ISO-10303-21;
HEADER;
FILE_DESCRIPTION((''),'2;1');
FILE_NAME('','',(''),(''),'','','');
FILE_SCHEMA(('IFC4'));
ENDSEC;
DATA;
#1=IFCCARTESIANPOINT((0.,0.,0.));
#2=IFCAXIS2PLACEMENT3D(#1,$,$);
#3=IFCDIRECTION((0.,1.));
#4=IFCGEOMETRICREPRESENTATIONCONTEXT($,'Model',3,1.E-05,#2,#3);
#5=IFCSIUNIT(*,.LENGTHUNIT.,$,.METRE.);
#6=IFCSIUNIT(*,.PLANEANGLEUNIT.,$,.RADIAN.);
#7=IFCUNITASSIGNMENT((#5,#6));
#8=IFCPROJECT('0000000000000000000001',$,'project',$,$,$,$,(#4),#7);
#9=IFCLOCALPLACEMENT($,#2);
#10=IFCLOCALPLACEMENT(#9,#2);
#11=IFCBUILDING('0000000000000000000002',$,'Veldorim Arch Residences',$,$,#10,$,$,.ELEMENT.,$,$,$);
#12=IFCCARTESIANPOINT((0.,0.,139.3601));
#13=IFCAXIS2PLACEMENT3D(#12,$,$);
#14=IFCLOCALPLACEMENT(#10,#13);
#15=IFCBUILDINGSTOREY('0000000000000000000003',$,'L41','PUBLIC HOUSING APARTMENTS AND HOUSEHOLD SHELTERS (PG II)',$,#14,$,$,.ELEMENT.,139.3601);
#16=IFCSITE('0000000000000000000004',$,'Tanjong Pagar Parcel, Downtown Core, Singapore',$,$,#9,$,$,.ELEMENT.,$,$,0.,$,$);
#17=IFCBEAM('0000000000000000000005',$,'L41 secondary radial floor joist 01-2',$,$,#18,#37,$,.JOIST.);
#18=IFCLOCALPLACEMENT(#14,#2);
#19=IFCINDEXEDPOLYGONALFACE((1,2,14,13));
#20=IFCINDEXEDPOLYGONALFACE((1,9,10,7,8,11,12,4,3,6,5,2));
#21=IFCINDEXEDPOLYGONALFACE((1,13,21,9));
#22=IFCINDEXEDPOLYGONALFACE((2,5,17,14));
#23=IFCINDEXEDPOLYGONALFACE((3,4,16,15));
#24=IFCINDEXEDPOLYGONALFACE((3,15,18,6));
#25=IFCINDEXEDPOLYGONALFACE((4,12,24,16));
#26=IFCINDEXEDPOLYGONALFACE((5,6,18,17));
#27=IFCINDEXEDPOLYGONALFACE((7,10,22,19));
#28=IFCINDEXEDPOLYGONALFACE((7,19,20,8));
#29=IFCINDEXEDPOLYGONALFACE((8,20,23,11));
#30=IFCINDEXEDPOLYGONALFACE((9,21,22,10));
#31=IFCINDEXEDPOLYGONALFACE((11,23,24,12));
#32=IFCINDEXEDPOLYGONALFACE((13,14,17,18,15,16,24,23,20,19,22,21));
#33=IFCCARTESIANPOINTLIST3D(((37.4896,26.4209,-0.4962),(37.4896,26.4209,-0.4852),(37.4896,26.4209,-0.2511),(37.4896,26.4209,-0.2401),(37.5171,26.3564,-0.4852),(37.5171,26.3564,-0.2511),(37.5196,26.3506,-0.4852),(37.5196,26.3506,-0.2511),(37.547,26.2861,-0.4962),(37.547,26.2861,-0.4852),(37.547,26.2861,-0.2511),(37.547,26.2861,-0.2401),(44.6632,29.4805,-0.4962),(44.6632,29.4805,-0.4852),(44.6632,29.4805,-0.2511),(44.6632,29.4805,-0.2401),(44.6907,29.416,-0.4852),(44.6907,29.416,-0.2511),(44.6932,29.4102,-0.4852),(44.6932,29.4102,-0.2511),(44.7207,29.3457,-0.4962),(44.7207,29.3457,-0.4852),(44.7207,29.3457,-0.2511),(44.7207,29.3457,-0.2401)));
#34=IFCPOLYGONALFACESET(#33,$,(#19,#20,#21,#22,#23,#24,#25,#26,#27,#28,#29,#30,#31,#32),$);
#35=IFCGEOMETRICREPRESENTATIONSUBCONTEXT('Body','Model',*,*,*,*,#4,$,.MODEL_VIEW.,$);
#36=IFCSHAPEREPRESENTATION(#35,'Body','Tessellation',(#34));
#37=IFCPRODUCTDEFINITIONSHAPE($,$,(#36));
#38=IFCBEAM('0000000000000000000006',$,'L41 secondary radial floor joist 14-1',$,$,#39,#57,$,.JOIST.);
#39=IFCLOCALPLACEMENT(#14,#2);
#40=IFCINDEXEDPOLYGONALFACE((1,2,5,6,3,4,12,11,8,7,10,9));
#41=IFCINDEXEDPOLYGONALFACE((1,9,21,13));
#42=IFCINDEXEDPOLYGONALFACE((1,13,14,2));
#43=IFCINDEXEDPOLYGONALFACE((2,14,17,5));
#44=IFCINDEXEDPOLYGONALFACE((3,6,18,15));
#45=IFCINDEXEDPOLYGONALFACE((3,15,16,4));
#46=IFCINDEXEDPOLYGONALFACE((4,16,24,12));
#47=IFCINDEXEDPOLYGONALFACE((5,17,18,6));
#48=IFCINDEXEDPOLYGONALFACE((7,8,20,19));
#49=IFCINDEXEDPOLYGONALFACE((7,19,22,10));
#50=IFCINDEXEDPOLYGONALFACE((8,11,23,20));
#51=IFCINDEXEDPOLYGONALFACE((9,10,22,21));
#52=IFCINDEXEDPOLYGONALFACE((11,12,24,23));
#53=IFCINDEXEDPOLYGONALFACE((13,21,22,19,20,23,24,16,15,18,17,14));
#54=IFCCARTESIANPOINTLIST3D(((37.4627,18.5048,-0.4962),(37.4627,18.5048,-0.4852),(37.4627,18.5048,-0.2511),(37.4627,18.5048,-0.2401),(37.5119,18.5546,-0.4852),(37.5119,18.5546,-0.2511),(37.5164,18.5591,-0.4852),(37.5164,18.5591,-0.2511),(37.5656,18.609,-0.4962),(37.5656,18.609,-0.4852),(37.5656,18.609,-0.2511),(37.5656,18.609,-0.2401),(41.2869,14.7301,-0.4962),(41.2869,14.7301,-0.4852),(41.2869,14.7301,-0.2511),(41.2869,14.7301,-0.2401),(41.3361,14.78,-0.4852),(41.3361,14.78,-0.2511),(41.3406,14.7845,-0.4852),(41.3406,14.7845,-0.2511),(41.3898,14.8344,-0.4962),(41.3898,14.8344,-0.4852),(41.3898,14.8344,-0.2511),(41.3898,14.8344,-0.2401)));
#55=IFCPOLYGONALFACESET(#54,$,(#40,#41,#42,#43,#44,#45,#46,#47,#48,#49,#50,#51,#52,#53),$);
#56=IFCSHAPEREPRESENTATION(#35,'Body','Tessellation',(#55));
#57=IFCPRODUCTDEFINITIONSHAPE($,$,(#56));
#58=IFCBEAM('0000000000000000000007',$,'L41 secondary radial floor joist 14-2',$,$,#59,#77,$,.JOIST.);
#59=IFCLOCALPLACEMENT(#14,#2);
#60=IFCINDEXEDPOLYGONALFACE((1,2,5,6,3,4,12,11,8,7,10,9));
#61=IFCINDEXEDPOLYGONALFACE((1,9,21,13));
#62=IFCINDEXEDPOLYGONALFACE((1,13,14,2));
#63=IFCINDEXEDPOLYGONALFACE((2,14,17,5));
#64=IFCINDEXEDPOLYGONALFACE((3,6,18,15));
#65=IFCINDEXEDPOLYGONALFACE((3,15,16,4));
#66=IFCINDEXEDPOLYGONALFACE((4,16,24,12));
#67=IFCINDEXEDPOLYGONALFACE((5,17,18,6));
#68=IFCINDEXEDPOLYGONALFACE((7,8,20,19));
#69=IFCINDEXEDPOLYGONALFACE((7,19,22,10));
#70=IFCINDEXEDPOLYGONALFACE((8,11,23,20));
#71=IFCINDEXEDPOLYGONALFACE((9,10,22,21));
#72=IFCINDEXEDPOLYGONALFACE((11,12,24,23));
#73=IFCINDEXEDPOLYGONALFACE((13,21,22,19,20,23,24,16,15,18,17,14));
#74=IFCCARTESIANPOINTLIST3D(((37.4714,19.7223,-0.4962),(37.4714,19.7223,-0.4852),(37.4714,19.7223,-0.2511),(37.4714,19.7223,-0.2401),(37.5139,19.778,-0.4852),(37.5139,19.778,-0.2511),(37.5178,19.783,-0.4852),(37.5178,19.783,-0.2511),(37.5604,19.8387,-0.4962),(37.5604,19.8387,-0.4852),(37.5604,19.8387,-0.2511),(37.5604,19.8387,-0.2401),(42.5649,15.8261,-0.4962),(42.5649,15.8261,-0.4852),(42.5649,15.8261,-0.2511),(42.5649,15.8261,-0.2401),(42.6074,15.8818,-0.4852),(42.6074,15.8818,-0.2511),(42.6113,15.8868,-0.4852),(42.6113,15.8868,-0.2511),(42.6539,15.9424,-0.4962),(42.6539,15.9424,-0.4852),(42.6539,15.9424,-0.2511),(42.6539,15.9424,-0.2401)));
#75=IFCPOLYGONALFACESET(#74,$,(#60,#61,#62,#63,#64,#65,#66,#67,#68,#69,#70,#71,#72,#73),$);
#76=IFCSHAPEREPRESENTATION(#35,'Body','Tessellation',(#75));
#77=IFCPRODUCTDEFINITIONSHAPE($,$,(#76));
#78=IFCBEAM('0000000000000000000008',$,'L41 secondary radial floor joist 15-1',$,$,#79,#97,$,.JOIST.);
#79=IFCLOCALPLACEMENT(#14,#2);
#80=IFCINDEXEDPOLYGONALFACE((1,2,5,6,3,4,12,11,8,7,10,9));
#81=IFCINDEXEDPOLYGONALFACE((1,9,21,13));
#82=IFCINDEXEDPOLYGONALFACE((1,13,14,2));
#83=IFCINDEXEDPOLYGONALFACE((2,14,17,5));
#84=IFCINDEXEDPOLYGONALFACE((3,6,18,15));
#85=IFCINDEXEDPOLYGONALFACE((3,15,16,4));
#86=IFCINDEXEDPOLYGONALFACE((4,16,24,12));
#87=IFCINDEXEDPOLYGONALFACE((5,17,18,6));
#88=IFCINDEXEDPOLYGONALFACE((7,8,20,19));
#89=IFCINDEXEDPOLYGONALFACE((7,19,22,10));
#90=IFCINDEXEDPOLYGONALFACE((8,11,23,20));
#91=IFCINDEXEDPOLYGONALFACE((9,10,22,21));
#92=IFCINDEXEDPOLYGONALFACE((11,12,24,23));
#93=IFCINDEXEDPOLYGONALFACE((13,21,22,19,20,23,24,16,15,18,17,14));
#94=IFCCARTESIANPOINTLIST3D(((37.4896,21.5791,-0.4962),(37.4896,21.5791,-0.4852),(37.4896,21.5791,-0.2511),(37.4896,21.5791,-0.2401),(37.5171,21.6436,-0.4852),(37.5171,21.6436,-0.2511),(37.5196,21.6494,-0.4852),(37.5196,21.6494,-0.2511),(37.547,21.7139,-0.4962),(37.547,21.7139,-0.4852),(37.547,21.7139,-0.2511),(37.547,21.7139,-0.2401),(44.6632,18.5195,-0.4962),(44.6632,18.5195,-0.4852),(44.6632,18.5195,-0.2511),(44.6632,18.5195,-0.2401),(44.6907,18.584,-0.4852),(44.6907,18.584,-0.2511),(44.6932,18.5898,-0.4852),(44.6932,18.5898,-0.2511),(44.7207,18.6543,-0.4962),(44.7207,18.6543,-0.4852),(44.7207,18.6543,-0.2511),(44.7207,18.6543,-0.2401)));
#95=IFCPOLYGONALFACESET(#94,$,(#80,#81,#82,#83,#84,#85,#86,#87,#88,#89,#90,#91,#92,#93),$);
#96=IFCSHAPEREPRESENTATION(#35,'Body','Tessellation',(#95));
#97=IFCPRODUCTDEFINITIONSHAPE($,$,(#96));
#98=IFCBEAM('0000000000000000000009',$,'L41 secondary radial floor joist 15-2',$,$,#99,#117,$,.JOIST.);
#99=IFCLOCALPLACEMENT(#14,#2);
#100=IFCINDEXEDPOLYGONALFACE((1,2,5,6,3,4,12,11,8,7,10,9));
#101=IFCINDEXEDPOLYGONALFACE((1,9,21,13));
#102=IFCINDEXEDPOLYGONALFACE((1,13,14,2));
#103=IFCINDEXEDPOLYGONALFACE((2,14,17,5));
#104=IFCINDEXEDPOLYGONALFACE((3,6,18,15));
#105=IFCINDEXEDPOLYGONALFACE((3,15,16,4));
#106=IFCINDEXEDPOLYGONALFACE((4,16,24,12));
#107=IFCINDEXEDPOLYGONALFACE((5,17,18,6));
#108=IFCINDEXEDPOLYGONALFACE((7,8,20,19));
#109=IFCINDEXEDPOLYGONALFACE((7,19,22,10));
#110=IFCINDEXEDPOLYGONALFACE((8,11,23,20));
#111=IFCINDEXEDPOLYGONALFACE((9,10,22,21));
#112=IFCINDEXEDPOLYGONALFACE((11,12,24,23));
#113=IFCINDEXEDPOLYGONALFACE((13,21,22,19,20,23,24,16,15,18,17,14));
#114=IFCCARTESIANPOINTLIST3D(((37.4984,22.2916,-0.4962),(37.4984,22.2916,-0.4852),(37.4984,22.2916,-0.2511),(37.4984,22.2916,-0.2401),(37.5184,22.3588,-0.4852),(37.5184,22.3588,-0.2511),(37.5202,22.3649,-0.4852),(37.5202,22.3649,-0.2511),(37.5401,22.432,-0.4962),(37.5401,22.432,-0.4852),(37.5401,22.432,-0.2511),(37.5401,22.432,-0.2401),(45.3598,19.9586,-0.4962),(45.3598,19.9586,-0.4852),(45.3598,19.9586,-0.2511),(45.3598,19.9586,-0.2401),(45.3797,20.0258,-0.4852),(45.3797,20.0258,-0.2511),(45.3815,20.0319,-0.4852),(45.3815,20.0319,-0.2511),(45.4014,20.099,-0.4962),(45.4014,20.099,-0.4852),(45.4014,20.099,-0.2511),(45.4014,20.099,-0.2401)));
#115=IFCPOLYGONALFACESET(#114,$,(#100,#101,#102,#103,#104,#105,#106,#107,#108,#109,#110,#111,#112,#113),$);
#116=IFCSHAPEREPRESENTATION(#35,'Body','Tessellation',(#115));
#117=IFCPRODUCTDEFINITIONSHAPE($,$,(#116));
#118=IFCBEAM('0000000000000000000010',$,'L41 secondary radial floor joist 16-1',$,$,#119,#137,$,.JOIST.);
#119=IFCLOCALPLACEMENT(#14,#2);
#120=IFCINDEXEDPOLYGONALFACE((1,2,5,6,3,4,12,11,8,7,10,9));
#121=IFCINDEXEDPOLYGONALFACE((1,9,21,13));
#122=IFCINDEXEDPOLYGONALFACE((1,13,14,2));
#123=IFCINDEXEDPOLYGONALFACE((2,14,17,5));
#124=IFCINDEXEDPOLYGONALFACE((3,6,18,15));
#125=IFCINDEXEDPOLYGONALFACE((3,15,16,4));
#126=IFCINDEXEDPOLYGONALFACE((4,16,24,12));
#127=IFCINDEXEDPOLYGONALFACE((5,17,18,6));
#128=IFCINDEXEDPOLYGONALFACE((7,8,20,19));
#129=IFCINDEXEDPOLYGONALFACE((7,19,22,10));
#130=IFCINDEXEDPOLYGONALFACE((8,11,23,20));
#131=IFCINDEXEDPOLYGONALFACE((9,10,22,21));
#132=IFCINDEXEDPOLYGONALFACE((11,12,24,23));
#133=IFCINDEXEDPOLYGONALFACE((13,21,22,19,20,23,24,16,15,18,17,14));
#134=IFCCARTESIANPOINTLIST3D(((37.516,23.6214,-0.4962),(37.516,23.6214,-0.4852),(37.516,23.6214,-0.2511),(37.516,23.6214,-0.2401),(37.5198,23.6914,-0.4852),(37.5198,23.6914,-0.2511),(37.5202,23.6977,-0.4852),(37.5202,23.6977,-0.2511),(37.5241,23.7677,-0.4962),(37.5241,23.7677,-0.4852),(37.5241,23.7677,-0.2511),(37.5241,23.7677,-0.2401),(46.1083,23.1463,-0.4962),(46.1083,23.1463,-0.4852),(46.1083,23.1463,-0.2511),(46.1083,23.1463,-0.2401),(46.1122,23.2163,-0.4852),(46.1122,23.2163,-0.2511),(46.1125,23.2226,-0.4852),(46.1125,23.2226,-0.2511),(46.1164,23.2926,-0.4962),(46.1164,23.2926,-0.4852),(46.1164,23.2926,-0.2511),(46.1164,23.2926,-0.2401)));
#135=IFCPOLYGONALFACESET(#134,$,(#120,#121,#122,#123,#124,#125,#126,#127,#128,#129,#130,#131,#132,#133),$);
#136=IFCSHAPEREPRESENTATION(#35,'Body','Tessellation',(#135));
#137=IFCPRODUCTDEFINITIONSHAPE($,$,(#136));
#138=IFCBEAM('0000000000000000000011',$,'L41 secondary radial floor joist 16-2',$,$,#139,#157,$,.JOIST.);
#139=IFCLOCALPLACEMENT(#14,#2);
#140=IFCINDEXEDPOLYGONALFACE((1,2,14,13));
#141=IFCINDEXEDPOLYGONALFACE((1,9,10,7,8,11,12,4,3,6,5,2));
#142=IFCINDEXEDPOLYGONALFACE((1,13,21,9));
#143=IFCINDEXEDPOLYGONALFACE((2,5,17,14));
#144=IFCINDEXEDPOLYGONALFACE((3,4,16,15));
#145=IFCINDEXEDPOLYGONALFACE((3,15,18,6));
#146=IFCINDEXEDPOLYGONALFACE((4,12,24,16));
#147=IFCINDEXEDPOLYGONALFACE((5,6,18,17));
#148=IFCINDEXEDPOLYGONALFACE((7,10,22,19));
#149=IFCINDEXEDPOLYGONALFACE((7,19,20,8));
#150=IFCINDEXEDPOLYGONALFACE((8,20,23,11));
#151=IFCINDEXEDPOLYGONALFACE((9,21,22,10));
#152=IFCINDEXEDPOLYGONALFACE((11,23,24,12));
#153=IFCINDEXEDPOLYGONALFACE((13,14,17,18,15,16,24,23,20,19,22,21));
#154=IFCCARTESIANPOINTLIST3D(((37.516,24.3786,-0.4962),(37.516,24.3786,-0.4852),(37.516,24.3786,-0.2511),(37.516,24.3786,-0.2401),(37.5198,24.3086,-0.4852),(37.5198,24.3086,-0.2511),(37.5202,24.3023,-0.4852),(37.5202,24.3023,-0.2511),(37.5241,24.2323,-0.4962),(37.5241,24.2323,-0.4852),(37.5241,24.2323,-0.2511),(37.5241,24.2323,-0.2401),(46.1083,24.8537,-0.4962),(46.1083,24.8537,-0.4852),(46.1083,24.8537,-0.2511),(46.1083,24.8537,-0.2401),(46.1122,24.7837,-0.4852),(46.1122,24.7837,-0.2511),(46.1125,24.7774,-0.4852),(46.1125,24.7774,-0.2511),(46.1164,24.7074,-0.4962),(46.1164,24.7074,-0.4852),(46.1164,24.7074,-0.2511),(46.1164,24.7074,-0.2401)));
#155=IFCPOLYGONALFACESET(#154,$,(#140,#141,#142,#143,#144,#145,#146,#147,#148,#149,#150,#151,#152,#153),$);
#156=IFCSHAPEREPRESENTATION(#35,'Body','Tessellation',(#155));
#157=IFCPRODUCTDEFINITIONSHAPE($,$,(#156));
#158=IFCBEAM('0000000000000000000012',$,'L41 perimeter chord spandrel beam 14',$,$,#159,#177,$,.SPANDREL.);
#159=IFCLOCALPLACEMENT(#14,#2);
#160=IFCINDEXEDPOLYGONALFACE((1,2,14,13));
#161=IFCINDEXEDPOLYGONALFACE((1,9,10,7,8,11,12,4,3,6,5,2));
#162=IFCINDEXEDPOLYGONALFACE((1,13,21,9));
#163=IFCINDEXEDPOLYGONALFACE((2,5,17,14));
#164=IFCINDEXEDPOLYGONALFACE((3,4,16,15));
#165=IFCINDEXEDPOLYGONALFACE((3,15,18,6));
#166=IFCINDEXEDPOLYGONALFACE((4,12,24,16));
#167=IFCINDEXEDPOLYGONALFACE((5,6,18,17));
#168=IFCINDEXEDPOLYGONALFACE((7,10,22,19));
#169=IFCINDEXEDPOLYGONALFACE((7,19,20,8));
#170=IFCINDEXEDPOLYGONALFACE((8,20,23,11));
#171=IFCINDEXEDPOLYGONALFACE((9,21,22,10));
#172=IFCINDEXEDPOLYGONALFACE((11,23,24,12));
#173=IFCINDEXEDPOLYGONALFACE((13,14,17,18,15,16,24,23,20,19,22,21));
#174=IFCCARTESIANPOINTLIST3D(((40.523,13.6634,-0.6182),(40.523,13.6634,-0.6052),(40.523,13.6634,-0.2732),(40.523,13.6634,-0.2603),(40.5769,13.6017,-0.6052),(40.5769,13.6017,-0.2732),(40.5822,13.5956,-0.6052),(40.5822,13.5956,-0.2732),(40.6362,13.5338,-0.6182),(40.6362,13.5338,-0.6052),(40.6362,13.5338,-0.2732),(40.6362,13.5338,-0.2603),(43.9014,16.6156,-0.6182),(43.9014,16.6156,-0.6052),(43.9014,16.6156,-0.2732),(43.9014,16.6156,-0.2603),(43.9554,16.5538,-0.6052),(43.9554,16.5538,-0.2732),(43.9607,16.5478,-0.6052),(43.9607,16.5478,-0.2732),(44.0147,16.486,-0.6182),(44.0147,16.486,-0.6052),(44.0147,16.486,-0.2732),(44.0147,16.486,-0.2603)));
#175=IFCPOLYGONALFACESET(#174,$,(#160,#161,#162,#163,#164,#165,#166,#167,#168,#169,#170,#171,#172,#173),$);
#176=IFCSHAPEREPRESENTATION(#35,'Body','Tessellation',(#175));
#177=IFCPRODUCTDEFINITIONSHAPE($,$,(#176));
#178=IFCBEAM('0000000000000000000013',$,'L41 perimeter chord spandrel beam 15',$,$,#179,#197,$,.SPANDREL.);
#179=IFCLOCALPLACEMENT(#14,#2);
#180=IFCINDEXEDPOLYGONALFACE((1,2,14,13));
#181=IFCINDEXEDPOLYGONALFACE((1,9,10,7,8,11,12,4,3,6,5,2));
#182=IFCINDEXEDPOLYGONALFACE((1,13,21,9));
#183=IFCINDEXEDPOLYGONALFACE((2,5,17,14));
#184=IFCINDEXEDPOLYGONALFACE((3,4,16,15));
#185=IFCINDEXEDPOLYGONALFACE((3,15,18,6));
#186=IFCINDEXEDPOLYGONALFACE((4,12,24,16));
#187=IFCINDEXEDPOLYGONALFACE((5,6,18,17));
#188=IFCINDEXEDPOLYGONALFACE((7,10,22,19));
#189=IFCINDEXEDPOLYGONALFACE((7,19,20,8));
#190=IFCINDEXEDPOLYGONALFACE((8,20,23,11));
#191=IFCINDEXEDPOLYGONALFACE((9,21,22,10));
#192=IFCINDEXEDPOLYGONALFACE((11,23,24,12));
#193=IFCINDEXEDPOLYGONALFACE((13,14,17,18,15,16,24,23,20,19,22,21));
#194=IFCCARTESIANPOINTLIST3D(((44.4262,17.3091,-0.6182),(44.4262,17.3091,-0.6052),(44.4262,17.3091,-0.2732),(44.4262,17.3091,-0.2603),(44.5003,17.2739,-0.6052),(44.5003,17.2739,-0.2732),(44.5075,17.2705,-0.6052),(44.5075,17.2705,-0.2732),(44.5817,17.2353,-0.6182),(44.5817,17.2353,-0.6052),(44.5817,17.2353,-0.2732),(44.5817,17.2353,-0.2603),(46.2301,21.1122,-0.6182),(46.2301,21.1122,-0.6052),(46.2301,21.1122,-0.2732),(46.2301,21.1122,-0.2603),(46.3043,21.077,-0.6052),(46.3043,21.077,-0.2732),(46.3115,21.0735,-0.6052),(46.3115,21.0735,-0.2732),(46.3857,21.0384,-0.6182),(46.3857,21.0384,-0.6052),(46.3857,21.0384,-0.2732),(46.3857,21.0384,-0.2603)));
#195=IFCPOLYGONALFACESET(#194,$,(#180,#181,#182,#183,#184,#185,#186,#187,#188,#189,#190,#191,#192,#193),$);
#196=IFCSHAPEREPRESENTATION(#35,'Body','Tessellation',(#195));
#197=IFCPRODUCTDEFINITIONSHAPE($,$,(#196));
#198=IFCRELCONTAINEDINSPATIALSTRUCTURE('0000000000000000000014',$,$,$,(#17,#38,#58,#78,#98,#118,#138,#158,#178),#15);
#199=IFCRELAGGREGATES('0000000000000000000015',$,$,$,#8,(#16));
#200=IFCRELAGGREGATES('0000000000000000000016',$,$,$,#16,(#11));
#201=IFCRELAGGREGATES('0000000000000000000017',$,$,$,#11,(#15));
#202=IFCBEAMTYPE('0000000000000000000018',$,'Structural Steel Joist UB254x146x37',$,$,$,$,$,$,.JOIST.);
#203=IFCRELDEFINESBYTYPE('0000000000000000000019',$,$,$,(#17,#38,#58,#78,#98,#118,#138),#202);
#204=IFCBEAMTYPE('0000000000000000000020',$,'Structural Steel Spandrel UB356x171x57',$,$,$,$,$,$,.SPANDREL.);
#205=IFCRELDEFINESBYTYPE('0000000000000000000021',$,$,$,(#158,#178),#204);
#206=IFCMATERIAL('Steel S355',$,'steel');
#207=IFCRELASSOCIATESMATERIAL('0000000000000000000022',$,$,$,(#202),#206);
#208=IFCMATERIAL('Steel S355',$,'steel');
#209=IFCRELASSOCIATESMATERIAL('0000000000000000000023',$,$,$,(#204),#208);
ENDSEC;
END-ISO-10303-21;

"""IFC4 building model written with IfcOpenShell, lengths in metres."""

from ifc_helpers import new_model, si_unit, direction, frame, origin, origin_2d, place, context, subcontext, project, spatial, i_section, extrude, material, material_profile, profile_set, type_object, element, save


model = new_model("IFC4")

# Units and contexts
model_context = context("Model", 3, precision=1e-05, world=origin(), true_north=direction((0.0, 1.0)))
body_context = subcontext(model_context, "Body", "Model", "MODEL_VIEW")
ifc_project = project(units=[si_unit("LENGTHUNIT", "METRE"), si_unit("PLANEANGLEUNIT", "RADIAN")], contexts=[model_context])

# Site, building, storey
site_placement = place(None, origin())
site = spatial("IfcSite", under=ifc_project, at=site_placement, Name="Tanjong Pagar Parcel, Downtown Core, Singapore", CompositionType="ELEMENT", RefElevation=0.0)
building_placement = place(site_placement, origin())
building = spatial("IfcBuilding", under=site, at=building_placement, Name="Veldorim Arch Residences", CompositionType="ELEMENT")
storey_placement = place(building_placement, frame((0.0, 0.0, 139.3601)))
storey = spatial("IfcBuildingStorey", under=building, at=storey_placement, Name="L41", Description="PUBLIC HOUSING APARTMENTS AND HOUSEHOLD SHELTERS (PG II)", CompositionType="ELEMENT", Elevation=139.3601)

# Beams
ifc_material_1 = material(Name="Steel S355", Category="steel")
ifc_material_profile_1 = material_profile(ifc_material_1, i_section(OverallWidth=0.1465, OverallDepth=0.2561, WebThickness=0.0063, FlangeThickness=0.011, at=origin_2d()), Name="UB254x146x37")
ifc_profile_set_1 = profile_set([ifc_material_profile_1], Name="Steel S355")
beam_type_1 = type_object("IfcBeamType", Name="Structural Steel Joist UB254x146x37", PredefinedType="JOIST", material=ifc_profile_set_1)
beam_1_placement = place(storey_placement, frame((37.5183, 26.3535, -0.3682), z_axis=(0.919832, 0.392313, 0.0), x_axis=(-0.392313, 0.919832, 0.0)))
element("IfcBeam", 1, at=beam_1_placement, inside=storey, type_object=beam_type_1, Name="L41 secondary radial floor joist 01-2", PredefinedType="JOIST", context=body_context, shape_type="SweptSolid", body=[
    extrude(i_section(OverallWidth=0.1465, OverallDepth=0.2561, WebThickness=0.0063, FlangeThickness=0.011, at=origin_2d()), origin(), (0.0, 0.0, 1.0), 7.7988),
])
beam_2_placement = place(storey_placement, frame((37.5142, 18.5569, -0.3682), z_axis=(0.711703, -0.70248, 0.0), x_axis=(0.70248, 0.711703, 0.0)))
element("IfcBeam", 2, at=beam_2_placement, inside=storey, type_object=beam_type_1, Name="L41 secondary radial floor joist 14-1", PredefinedType="JOIST", context=body_context, shape_type="SweptSolid", body=[
    extrude(i_section(OverallWidth=0.1465, OverallDepth=0.2561, WebThickness=0.0063, FlangeThickness=0.011, at=origin_2d()), origin(), (0.0, 0.0, 1.0), 5.3733),
])
beam_3_placement = place(storey_placement, frame((37.5159, 19.7805, -0.3682), z_axis=(0.794267, -0.607569, 0.0), x_axis=(0.607569, 0.794267, 0.0)))
element("IfcBeam", 3, at=beam_3_placement, inside=storey, type_object=beam_type_1, Name="L41 secondary radial floor joist 14-2", PredefinedType="JOIST", context=body_context, shape_type="SweptSolid", body=[
    extrude(i_section(OverallWidth=0.1465, OverallDepth=0.2561, WebThickness=0.0063, FlangeThickness=0.011, at=origin_2d()), origin(), (0.0, 0.0, 1.0), 6.4128),
])
beam_4_placement = place(storey_placement, frame((37.5183, 21.6465, -0.3682), z_axis=(0.919832, -0.392313, 0.0), x_axis=(0.392313, 0.919832, 0.0)))
element("IfcBeam", 4, at=beam_4_placement, inside=storey, type_object=beam_type_1, Name="L41 secondary radial floor joist 15-1", PredefinedType="JOIST", context=body_context, shape_type="SweptSolid", body=[
    extrude(i_section(OverallWidth=0.1465, OverallDepth=0.2561, WebThickness=0.0063, FlangeThickness=0.011, at=origin_2d()), origin(), (0.0, 0.0, 1.0), 7.7988),
])
beam_5_placement = place(storey_placement, frame((37.5193, 22.3618, -0.3682), z_axis=(0.958674, -0.284506, 0.0), x_axis=(0.284506, 0.958674, 0.0)))
element("IfcBeam", 5, at=beam_5_placement, inside=storey, type_object=beam_type_1, Name="L41 secondary radial floor joist 15-2", PredefinedType="JOIST", context=body_context, shape_type="SweptSolid", body=[
    extrude(i_section(OverallWidth=0.1465, OverallDepth=0.2561, WebThickness=0.0063, FlangeThickness=0.011, at=origin_2d()), origin(), (0.0, 0.0, 1.0), 8.2002),
])
for number, where, z_axis, x_axis, name in (
    (6, (37.52, 23.6946, -0.3682), (0.998475, -0.055209, 0.0), (0.055209, 0.998475, 0.0), "L41 secondary radial floor joist 16-1"),
    (7, (37.52, 24.3054, -0.3682), (0.998475, 0.055209, 0.0), (-0.055209, 0.998475, 0.0), "L41 secondary radial floor joist 16-2"),
):
    element("IfcBeam", number, at=place(storey_placement, frame(where, z_axis=z_axis, x_axis=x_axis)), inside=storey, type_object=beam_type_1, Name=name, PredefinedType="JOIST", context=body_context, shape_type="SweptSolid", body=[
        extrude(i_section(OverallWidth=0.1465, OverallDepth=0.2561, WebThickness=0.0063, FlangeThickness=0.011, at=origin_2d()), origin(), (0.0, 0.0, 1.0), 8.6055),
    ])
ifc_material_2 = material(Name="Steel S355", Category="steel")
ifc_material_profile_2 = material_profile(ifc_material_2, i_section(OverallWidth=0.1721, OverallDepth=0.3579, WebThickness=0.0081, FlangeThickness=0.0129, at=origin_2d()), Name="UB356x171x57")
ifc_profile_set_2 = profile_set([ifc_material_profile_2], Name="Steel S355")
beam_type_2 = type_object("IfcBeamType", Name="Structural Steel Spandrel UB356x171x57", PredefinedType="SPANDREL", material=ifc_profile_set_2)
beam_6_placement = place(storey_placement, frame((40.5796, 13.5986, -0.4392), z_axis=(0.753015, 0.658004, 0.0), x_axis=(-0.658004, 0.753015, 0.0)))
element("IfcBeam", 8, at=beam_6_placement, inside=storey, type_object=beam_type_2, Name="L41 perimeter chord spandrel beam 14", PredefinedType="SPANDREL", context=body_context, shape_type="SweptSolid", body=[
    extrude(i_section(OverallWidth=0.1721, OverallDepth=0.3579, WebThickness=0.0081, FlangeThickness=0.0129, at=origin_2d()), origin(), (0.0, 0.0, 1.0), 4.4866),
])
beam_7_placement = place(storey_placement, frame((44.5039, 17.2722, -0.4392), z_axis=(0.42858, 0.903504, 0.0), x_axis=(-0.903504, 0.42858, 0.0)))
element("IfcBeam", 9, at=beam_7_placement, inside=storey, type_object=beam_type_2, Name="L41 perimeter chord spandrel beam 15", PredefinedType="SPANDREL", context=body_context, shape_type="SweptSolid", body=[
    extrude(i_section(OverallWidth=0.1721, OverallDepth=0.3579, WebThickness=0.0081, FlangeThickness=0.0129, at=origin_2d()), origin(), (0.0, 0.0, 1.0), 4.2092),
])

save(model, "model.ifc")
